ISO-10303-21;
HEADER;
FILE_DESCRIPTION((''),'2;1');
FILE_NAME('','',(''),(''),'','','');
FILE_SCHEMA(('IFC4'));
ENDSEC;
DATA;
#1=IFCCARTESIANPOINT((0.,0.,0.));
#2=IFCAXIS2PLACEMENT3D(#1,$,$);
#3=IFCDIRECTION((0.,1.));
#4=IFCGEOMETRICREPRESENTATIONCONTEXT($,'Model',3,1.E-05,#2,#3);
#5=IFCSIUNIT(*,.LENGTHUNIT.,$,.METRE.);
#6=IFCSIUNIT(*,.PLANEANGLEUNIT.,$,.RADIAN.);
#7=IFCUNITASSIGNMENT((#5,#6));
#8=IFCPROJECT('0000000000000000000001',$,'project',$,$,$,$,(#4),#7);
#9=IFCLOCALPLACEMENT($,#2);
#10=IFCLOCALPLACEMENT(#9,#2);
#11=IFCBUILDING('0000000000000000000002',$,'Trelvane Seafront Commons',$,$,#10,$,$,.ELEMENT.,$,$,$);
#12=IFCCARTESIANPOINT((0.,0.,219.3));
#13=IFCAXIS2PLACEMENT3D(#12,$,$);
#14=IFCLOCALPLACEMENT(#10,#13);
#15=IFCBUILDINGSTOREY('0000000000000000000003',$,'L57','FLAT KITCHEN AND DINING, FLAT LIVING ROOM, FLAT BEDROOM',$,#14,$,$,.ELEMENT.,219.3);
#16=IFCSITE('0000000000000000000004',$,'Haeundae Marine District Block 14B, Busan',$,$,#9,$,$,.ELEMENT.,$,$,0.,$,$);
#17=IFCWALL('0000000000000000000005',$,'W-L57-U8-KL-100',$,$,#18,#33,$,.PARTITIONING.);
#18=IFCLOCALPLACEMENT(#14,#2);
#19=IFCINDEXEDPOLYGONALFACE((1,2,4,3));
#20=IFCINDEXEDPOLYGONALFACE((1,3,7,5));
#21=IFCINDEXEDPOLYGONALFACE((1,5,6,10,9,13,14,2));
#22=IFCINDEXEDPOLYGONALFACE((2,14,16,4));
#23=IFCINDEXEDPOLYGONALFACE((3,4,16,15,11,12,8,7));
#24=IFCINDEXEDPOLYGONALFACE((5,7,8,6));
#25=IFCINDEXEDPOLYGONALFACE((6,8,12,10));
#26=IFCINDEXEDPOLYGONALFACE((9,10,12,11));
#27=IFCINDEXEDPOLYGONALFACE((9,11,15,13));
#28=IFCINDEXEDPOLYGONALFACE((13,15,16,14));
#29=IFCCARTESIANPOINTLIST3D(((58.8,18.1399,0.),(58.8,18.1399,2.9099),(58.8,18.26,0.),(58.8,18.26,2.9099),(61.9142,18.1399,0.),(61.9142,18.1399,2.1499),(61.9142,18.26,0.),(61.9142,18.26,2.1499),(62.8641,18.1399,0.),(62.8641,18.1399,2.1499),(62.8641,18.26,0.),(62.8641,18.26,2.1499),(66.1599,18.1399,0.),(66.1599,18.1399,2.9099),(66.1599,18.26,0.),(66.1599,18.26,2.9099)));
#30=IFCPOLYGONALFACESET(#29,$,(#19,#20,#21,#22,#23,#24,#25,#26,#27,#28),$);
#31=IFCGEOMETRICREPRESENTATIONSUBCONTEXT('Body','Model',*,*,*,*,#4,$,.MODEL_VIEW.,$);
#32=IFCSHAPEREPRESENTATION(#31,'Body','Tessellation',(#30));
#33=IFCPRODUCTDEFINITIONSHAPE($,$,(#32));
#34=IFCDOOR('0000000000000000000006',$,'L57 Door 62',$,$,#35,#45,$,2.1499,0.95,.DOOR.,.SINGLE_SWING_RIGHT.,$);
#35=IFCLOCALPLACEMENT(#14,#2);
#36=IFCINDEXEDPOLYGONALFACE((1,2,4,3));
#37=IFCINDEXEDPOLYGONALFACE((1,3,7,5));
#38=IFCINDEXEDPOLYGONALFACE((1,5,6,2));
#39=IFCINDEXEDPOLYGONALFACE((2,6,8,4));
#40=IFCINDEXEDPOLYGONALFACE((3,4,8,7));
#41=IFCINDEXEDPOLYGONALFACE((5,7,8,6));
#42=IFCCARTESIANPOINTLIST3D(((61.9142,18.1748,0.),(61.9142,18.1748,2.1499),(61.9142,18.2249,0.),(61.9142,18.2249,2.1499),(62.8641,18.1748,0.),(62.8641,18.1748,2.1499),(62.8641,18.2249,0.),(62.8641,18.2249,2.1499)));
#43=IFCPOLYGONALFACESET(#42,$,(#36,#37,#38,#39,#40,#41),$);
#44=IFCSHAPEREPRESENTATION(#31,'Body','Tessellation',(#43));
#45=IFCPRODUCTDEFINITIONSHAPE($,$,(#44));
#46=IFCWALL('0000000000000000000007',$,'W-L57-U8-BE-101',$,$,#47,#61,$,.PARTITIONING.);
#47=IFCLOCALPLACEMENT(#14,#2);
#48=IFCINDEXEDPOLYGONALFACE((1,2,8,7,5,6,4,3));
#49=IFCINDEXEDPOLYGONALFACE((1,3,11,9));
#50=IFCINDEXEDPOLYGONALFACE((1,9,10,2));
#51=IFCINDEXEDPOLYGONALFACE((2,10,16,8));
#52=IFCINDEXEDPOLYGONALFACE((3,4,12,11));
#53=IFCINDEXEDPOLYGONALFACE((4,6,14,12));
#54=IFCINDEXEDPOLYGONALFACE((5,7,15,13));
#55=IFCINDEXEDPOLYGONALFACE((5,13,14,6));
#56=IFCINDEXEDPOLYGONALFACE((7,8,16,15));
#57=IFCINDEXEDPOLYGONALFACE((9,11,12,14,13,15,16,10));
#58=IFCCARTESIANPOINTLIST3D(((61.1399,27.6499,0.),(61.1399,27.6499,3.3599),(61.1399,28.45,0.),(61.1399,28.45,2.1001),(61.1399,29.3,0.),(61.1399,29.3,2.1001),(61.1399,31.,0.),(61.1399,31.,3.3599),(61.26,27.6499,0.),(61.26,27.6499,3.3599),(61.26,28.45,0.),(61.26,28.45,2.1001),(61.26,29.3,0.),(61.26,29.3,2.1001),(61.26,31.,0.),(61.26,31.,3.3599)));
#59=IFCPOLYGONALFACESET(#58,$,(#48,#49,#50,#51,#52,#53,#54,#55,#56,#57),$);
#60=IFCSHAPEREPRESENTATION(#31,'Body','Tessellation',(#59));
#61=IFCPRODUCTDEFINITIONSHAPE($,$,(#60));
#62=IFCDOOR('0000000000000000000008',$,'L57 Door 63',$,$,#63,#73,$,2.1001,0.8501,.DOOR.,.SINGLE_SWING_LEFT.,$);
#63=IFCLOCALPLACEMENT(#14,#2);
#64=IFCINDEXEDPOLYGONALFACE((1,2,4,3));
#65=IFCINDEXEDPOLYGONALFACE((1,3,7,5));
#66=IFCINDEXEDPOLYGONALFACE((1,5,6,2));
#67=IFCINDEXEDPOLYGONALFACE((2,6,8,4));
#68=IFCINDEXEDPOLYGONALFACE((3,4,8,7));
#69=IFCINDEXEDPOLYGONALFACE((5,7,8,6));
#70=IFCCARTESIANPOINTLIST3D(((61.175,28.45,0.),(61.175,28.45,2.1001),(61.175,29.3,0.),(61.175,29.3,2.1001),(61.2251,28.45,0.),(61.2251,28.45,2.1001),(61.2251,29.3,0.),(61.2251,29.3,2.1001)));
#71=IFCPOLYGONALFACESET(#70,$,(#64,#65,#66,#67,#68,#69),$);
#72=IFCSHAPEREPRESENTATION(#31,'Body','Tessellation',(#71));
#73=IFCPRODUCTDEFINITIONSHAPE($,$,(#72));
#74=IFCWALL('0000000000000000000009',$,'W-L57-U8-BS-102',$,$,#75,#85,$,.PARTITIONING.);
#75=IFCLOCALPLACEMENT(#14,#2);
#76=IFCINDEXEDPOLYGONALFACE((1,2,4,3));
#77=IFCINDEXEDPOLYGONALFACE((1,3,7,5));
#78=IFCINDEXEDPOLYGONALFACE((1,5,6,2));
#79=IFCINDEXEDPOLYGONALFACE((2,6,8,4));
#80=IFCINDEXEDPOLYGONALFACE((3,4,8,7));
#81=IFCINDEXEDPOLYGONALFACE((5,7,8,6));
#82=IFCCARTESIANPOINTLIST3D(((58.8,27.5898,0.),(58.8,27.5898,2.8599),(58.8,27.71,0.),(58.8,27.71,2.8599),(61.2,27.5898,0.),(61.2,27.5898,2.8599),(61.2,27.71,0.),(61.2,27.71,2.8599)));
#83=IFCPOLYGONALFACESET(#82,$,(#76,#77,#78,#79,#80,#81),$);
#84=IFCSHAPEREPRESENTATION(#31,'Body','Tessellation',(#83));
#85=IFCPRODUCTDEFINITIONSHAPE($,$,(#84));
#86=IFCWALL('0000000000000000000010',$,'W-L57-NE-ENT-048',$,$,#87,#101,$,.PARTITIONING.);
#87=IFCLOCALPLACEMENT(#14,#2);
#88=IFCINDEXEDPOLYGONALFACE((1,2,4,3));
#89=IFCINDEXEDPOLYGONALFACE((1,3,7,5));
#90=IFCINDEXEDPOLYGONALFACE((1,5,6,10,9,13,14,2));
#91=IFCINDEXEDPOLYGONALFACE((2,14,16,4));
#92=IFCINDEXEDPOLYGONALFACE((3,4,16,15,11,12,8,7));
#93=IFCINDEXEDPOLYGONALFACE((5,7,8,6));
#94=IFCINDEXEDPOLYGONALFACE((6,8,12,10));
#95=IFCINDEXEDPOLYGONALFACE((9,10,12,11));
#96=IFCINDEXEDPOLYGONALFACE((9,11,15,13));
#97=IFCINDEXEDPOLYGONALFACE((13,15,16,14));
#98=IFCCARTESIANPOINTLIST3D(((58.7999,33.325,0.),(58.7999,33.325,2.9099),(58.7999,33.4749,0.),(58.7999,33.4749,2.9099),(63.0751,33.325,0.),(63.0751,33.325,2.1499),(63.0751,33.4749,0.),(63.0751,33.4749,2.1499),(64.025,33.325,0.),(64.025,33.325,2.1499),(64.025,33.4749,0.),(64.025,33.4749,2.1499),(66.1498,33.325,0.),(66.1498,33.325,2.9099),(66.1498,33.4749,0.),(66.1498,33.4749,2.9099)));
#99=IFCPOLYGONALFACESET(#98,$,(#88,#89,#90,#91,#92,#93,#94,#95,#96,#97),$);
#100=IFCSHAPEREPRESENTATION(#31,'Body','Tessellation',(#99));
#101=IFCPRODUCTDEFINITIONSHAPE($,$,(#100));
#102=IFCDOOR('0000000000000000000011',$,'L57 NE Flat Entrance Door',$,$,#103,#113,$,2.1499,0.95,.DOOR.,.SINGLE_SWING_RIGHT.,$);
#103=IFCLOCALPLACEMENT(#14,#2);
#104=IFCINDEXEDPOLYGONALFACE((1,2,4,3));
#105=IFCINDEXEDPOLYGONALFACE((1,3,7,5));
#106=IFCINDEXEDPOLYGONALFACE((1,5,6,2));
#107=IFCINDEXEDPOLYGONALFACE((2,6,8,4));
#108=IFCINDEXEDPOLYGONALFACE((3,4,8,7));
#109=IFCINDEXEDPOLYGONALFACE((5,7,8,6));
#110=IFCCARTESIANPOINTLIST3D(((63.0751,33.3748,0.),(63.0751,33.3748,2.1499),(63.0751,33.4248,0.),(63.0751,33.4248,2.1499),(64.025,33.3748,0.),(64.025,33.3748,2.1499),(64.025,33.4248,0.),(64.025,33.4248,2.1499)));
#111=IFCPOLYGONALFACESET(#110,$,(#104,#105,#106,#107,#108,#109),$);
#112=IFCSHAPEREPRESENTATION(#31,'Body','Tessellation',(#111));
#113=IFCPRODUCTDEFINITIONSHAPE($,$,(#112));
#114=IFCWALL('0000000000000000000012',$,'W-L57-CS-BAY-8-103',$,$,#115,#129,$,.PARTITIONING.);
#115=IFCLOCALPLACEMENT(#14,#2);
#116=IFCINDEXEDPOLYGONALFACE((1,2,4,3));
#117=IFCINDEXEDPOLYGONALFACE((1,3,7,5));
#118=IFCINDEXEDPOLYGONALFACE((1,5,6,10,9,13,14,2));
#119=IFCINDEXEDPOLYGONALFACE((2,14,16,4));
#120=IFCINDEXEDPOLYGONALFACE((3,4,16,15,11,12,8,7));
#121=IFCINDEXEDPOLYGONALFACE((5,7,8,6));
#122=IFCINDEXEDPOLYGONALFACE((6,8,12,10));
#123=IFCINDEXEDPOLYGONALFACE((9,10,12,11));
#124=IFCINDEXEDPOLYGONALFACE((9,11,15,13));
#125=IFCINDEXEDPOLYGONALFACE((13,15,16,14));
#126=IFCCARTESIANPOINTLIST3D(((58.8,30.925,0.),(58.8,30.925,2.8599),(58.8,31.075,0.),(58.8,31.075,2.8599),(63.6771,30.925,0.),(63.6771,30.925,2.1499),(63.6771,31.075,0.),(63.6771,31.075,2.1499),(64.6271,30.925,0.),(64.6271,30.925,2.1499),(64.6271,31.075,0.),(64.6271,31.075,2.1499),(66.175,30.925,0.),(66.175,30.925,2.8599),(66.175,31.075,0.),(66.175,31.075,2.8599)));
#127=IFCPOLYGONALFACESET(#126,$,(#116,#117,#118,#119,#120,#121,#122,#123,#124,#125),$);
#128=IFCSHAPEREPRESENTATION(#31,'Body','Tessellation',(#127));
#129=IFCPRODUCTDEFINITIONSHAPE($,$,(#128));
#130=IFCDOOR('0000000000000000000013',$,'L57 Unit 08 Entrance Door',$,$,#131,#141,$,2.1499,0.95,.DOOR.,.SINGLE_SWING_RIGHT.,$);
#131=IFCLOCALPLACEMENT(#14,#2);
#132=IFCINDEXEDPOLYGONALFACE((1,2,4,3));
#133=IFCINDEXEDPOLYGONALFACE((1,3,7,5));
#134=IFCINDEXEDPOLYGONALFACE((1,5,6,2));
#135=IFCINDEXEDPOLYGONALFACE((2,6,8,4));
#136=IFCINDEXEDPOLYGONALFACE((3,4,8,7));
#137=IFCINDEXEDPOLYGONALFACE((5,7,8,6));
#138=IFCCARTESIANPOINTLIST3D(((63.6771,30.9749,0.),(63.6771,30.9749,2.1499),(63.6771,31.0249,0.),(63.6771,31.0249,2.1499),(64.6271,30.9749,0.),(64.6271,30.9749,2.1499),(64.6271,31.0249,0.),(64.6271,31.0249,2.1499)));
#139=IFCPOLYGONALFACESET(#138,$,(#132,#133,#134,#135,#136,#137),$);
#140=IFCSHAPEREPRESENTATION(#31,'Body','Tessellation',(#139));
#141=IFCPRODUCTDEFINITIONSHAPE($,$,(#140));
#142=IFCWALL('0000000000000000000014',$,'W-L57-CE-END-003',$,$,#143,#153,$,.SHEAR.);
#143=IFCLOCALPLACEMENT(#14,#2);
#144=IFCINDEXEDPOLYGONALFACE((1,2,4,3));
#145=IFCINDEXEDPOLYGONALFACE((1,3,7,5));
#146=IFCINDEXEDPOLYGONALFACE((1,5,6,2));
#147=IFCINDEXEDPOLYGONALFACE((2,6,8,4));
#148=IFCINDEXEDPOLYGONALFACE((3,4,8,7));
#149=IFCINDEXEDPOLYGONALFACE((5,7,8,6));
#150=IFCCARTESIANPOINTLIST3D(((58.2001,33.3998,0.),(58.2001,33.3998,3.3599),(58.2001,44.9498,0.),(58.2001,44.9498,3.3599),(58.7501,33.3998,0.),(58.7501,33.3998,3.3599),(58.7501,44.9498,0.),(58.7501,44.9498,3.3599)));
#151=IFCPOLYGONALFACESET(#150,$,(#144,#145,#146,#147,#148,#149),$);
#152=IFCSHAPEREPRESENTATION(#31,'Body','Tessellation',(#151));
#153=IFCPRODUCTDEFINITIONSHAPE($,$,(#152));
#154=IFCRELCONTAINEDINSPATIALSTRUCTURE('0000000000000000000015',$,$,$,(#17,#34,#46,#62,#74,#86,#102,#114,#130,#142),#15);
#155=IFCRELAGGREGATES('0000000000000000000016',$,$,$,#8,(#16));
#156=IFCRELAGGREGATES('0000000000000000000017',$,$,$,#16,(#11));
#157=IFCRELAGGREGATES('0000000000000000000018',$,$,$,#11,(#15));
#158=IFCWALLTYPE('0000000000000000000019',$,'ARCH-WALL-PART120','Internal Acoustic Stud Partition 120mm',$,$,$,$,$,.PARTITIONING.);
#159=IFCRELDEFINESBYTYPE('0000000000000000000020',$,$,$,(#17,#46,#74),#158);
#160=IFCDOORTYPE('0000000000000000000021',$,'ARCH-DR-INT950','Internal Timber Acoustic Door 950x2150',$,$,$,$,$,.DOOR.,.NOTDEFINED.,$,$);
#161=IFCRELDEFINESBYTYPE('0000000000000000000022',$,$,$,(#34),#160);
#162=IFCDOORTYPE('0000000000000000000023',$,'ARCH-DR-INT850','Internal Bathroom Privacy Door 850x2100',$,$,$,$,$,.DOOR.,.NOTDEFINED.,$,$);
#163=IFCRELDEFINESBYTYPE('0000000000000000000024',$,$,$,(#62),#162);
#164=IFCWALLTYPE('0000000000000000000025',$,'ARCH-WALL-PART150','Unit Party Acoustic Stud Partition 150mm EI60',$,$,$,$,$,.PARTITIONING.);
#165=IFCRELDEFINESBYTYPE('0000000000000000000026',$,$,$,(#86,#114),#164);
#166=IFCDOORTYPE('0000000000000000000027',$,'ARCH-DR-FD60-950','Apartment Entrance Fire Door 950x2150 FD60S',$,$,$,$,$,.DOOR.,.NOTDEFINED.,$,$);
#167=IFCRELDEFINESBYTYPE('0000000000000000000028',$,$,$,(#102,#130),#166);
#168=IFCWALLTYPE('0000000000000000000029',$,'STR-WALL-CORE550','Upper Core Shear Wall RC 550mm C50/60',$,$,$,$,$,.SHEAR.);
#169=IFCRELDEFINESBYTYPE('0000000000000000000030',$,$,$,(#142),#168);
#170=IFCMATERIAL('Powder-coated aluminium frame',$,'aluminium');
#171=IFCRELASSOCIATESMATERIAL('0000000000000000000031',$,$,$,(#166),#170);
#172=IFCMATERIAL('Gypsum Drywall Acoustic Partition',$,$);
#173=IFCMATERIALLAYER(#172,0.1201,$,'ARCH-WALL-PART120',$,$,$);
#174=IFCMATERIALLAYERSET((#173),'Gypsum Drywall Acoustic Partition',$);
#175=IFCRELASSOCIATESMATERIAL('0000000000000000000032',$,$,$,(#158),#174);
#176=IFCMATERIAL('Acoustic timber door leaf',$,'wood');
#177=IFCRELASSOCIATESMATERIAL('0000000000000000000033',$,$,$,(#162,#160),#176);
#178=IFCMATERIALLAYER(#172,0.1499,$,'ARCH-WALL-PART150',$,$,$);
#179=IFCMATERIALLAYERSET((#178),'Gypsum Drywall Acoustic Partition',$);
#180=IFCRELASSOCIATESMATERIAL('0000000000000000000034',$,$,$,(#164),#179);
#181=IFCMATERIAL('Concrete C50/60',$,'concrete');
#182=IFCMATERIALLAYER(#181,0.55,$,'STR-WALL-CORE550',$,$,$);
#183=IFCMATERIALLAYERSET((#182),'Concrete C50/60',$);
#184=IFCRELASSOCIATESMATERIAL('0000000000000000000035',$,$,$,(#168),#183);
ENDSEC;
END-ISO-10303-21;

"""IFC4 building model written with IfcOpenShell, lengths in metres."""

from ifc_helpers import new_model, si_unit, direction, frame, frame_2d, origin, place, context, subcontext, project, spatial, rectangle, extrude, source, transform, mapped, material, layer, layer_set, type_object, element, fill, save


model = new_model("IFC4")

# Units and contexts
model_context = context("Model", 3, precision=1e-05, world=origin(), true_north=direction((0.0, 1.0)))
body_context = subcontext(model_context, "Body", "Model", "MODEL_VIEW")
ifc_project = project(units=[si_unit("LENGTHUNIT", "METRE"), si_unit("PLANEANGLEUNIT", "RADIAN")], contexts=[model_context])

# Site, building, storey
site_placement = place(None, origin())
site = spatial("IfcSite", under=ifc_project, at=site_placement, Name="Haeundae Marine District Block 14B, Busan", CompositionType="ELEMENT", RefElevation=0.0)
building_placement = place(site_placement, origin())
building = spatial("IfcBuilding", under=site, at=building_placement, Name="Trelvane Seafront Commons", CompositionType="ELEMENT")
storey_placement = place(building_placement, frame((0.0, 0.0, 219.3)))
storey = spatial("IfcBuildingStorey", under=building, at=storey_placement, Name="L57", Description="FLAT KITCHEN AND DINING, FLAT LIVING ROOM, FLAT BEDROOM", CompositionType="ELEMENT", Elevation=219.3)

# Shared definitions
ifc_material_1 = material(Name="Concrete C50/60", Category="concrete")

# Walls, openings, doors
ifc_material_2 = material(Name="Powder-coated aluminium frame", Category="aluminium")
door_type_1 = type_object("IfcDoorType", Name="ARCH-DR-FD60-950", Description="Apartment Entrance Fire Door 950x2150 FD60S", OperationType="NOTDEFINED", PredefinedType="DOOR", material=ifc_material_2)
shared_shape_1 = source(origin(), body_context, "Body", "SweptSolid", [
    extrude(rectangle(XDim=0.95, YDim=2.1499, at=frame_2d((0.4751, 1.075))), frame((0.0, 0.0249, 0.0), z_axis=(0.0, -1.0, 0.0), x_axis=(1.0, 0.0, 0.0)), (0.0, 0.0, 1.0), 0.05),
])
ifc_material_3 = material(Name="Gypsum Drywall Acoustic Partition")
ifc_layer_1 = layer(ifc_material_3, 0.1201, Name="ARCH-WALL-PART120")
ifc_layer_set_1 = layer_set([ifc_layer_1], Name="Gypsum Drywall Acoustic Partition")
wall_type_1 = type_object("IfcWallType", Name="ARCH-WALL-PART120", Description="Internal Acoustic Stud Partition 120mm", PredefinedType="PARTITIONING", material=ifc_layer_set_1)
ifc_material_4 = material(Name="Acoustic timber door leaf", Category="wood")
door_type_2 = type_object("IfcDoorType", Name="ARCH-DR-INT850", Description="Internal Bathroom Privacy Door 850x2100", OperationType="NOTDEFINED", PredefinedType="DOOR", material=ifc_material_4)
shared_shape_2 = source(origin(), body_context, "Body", "SweptSolid", [
    extrude(rectangle(XDim=0.8501, YDim=2.1001, at=frame_2d((0.425, 1.05))), frame((0.0, 0.0249, 0.0), z_axis=(0.0, -1.0, 0.0), x_axis=(1.0, 0.0, 0.0)), (0.0, 0.0, 1.0), 0.05),
])
wall_1_placement = place(storey_placement, frame((58.8, 18.2, 0.0), z_axis=(0.0, 0.0, 1.0), x_axis=(1.0, 0.0, 0.0)))
wall_1 = element("IfcWall", 1, at=wall_1_placement, inside=storey, type_object=wall_type_1, Name="W-L57-U8-KL-100", PredefinedType="PARTITIONING", context=body_context, shape_type="SweptSolid", body=[
    extrude(rectangle(XDim=7.3599, YDim=0.1201, at=frame_2d((3.6799, 0.0))), origin(), (0.0, 0.0, 1.0), 2.9099),
])
opening_1_placement = place(wall_1_placement, frame((3.114, 0.0, 0.0)))
opening_1 = element("IfcOpeningElement", 2, at=opening_1_placement, cuts=wall_1, PredefinedType="OPENING", context=body_context, shape_type="SweptSolid", body=[
    extrude(rectangle(XDim=0.95, YDim=2.1499, at=frame_2d((0.4751, 1.075))), frame((0.0, 0.0701, 0.0), z_axis=(0.0, -1.0, 0.0), x_axis=(1.0, 0.0, 0.0)), (0.0, 0.0, 1.0), 0.1401),
])
door_type_3 = type_object("IfcDoorType", Name="ARCH-DR-INT950", Description="Internal Timber Acoustic Door 950x2150", OperationType="NOTDEFINED", PredefinedType="DOOR", material=ifc_material_4)
door_1_placement = place(opening_1_placement, origin())
door_1 = element("IfcDoor", 3, at=door_1_placement, inside=storey, type_object=door_type_3, Name="L57 Door 62", OperationType="SINGLE_SWING_RIGHT", OverallHeight=2.1499, OverallWidth=0.95, PredefinedType="DOOR", context=body_context, shape_type="MappedRepresentation", body=[
    mapped(shared_shape_1, transform((0.0, 0.0, 0.0), x_axis=(1.0, 0.0, 0.0), y_axis=(0.0, 1.0, 0.0), z_axis=(0.0, 0.0, 1.0), scale=1.0)),
])
fill(opening_1, door_1)
wall_2_placement = place(storey_placement, frame((61.2, 27.6499, 0.0), z_axis=(0.0, 0.0, 1.0), x_axis=(0.0, 1.0, 0.0)))
wall_2 = element("IfcWall", 4, at=wall_2_placement, inside=storey, type_object=wall_type_1, Name="W-L57-U8-BE-101", PredefinedType="PARTITIONING", context=body_context, shape_type="SweptSolid", body=[
    extrude(rectangle(XDim=3.3501, YDim=0.1201, at=frame_2d((1.675, 0.0))), origin(), (0.0, 0.0, 1.0), 3.3599),
])
opening_2_placement = place(wall_2_placement, frame((0.8, 0.0, 0.0)))
opening_2 = element("IfcOpeningElement", 5, at=opening_2_placement, cuts=wall_2, PredefinedType="OPENING", context=body_context, shape_type="SweptSolid", body=[
    extrude(rectangle(XDim=0.8501, YDim=2.1001, at=frame_2d((0.425, 1.05))), frame((0.0, 0.0701, 0.0), z_axis=(0.0, -1.0, 0.0), x_axis=(1.0, 0.0, 0.0)), (0.0, 0.0, 1.0), 0.1401),
])
door_2_placement = place(opening_2_placement, origin())
door_2 = element("IfcDoor", 6, at=door_2_placement, inside=storey, type_object=door_type_2, Name="L57 Door 63", OperationType="SINGLE_SWING_LEFT", OverallHeight=2.1001, OverallWidth=0.8501, PredefinedType="DOOR", context=body_context, shape_type="MappedRepresentation", body=[
    mapped(shared_shape_2, transform((0.0, 0.0, 0.0), x_axis=(1.0, 0.0, 0.0), y_axis=(0.0, 1.0, 0.0), z_axis=(0.0, 0.0, 1.0), scale=1.0)),
])
fill(opening_2, door_2)

# Wall
wall_3_placement = place(storey_placement, frame((58.8, 27.6499, 0.0), z_axis=(0.0, 0.0, 1.0), x_axis=(1.0, 0.0, 0.0)))
element("IfcWall", 7, at=wall_3_placement, inside=storey, type_object=wall_type_1, Name="W-L57-U8-BS-102", PredefinedType="PARTITIONING", context=body_context, shape_type="SweptSolid", body=[
    extrude(rectangle(XDim=2.3999, YDim=0.1201, at=frame_2d((1.2, 0.0))), origin(), (0.0, 0.0, 1.0), 2.8599),
])

# Walls, openings, doors
ifc_layer_2 = layer(ifc_material_3, 0.1499, Name="ARCH-WALL-PART150")
ifc_layer_set_2 = layer_set([ifc_layer_2], Name="Gypsum Drywall Acoustic Partition")
wall_type_2 = type_object("IfcWallType", Name="ARCH-WALL-PART150", Description="Unit Party Acoustic Stud Partition 150mm EI60", PredefinedType="PARTITIONING", material=ifc_layer_set_2)
wall_4_placement = place(storey_placement, frame((58.8, 33.3999, 0.0), z_axis=(0.0, 0.0, 1.0), x_axis=(1.0, 0.0, 0.0)))
wall_4 = element("IfcWall", 8, at=wall_4_placement, inside=storey, type_object=wall_type_2, Name="W-L57-NE-ENT-048", PredefinedType="PARTITIONING", context=body_context, shape_type="SweptSolid", body=[
    extrude(rectangle(XDim=7.3499, YDim=0.1499, at=frame_2d((3.6748, 0.0))), origin(), (0.0, 0.0, 1.0), 2.9099),
])
opening_3_placement = place(wall_4_placement, frame((4.2749, 0.0, 0.0)))
opening_3 = element("IfcOpeningElement", 9, at=opening_3_placement, cuts=wall_4, PredefinedType="OPENING", context=body_context, shape_type="SweptSolid", body=[
    extrude(rectangle(XDim=0.95, YDim=2.1499, at=frame_2d((0.4751, 1.075))), frame((0.0, 0.085, 0.0), z_axis=(0.0, -1.0, 0.0), x_axis=(1.0, 0.0, 0.0)), (0.0, 0.0, 1.0), 0.1699),
])
door_3_placement = place(opening_3_placement, origin())
door_3 = element("IfcDoor", 10, at=door_3_placement, inside=storey, type_object=door_type_1, Name="L57 NE Flat Entrance Door", OperationType="SINGLE_SWING_RIGHT", OverallHeight=2.1499, OverallWidth=0.95, PredefinedType="DOOR", context=body_context, shape_type="MappedRepresentation", body=[
    mapped(shared_shape_1, transform((0.0, 0.0, 0.0), x_axis=(1.0, 0.0, 0.0), y_axis=(0.0, 1.0, 0.0), z_axis=(0.0, 0.0, 1.0), scale=1.0)),
])
fill(opening_3, door_3)
wall_5_placement = place(storey_placement, frame((58.8, 31.0, 0.0), z_axis=(0.0, 0.0, 1.0), x_axis=(1.0, 0.0, 0.0)))
wall_5 = element("IfcWall", 11, at=wall_5_placement, inside=storey, type_object=wall_type_2, Name="W-L57-CS-BAY-8-103", PredefinedType="PARTITIONING", context=body_context, shape_type="SweptSolid", body=[
    extrude(rectangle(XDim=7.375, YDim=0.1499, at=frame_2d((3.6875, 0.0))), origin(), (0.0, 0.0, 1.0), 2.8599),
])
opening_4_placement = place(wall_5_placement, frame((4.877, 0.0, 0.0)))
opening_4 = element("IfcOpeningElement", 12, at=opening_4_placement, cuts=wall_5, PredefinedType="OPENING", context=body_context, shape_type="SweptSolid", body=[
    extrude(rectangle(XDim=0.95, YDim=2.1499, at=frame_2d((0.4751, 1.075))), frame((0.0, 0.085, 0.0), z_axis=(0.0, -1.0, 0.0), x_axis=(1.0, 0.0, 0.0)), (0.0, 0.0, 1.0), 0.1699),
])
door_4_placement = place(opening_4_placement, origin())
door_4 = element("IfcDoor", 13, at=door_4_placement, inside=storey, type_object=door_type_1, Name="L57 Unit 08 Entrance Door", OperationType="SINGLE_SWING_RIGHT", OverallHeight=2.1499, OverallWidth=0.95, PredefinedType="DOOR", context=body_context, shape_type="MappedRepresentation", body=[
    mapped(shared_shape_1, transform((0.0, 0.0, 0.0), x_axis=(1.0, 0.0, 0.0), y_axis=(0.0, 1.0, 0.0), z_axis=(0.0, 0.0, 1.0), scale=1.0)),
])
fill(opening_4, door_4)

# Wall
ifc_layer_3 = layer(ifc_material_1, 0.55, Name="STR-WALL-CORE550")
ifc_layer_set_3 = layer_set([ifc_layer_3], Name="Concrete C50/60")
wall_type_3 = type_object("IfcWallType", Name="STR-WALL-CORE550", Description="Upper Core Shear Wall RC 550mm C50/60", PredefinedType="SHEAR", material=ifc_layer_set_3)
wall_6_placement = place(storey_placement, frame((58.4751, 33.3999, 0.0), z_axis=(0.0, 0.0, 1.0), x_axis=(0.0, 1.0, 0.0)))
element("IfcWall", 14, at=wall_6_placement, inside=storey, type_object=wall_type_3, Name="W-L57-CE-END-003", PredefinedType="SHEAR", context=body_context, shape_type="SweptSolid", body=[
    extrude(rectangle(XDim=11.55, YDim=0.55, at=frame_2d((5.7749, 0.0))), origin(), (0.0, 0.0, 1.0), 3.3599),
])

save(model, "model.ifc")
